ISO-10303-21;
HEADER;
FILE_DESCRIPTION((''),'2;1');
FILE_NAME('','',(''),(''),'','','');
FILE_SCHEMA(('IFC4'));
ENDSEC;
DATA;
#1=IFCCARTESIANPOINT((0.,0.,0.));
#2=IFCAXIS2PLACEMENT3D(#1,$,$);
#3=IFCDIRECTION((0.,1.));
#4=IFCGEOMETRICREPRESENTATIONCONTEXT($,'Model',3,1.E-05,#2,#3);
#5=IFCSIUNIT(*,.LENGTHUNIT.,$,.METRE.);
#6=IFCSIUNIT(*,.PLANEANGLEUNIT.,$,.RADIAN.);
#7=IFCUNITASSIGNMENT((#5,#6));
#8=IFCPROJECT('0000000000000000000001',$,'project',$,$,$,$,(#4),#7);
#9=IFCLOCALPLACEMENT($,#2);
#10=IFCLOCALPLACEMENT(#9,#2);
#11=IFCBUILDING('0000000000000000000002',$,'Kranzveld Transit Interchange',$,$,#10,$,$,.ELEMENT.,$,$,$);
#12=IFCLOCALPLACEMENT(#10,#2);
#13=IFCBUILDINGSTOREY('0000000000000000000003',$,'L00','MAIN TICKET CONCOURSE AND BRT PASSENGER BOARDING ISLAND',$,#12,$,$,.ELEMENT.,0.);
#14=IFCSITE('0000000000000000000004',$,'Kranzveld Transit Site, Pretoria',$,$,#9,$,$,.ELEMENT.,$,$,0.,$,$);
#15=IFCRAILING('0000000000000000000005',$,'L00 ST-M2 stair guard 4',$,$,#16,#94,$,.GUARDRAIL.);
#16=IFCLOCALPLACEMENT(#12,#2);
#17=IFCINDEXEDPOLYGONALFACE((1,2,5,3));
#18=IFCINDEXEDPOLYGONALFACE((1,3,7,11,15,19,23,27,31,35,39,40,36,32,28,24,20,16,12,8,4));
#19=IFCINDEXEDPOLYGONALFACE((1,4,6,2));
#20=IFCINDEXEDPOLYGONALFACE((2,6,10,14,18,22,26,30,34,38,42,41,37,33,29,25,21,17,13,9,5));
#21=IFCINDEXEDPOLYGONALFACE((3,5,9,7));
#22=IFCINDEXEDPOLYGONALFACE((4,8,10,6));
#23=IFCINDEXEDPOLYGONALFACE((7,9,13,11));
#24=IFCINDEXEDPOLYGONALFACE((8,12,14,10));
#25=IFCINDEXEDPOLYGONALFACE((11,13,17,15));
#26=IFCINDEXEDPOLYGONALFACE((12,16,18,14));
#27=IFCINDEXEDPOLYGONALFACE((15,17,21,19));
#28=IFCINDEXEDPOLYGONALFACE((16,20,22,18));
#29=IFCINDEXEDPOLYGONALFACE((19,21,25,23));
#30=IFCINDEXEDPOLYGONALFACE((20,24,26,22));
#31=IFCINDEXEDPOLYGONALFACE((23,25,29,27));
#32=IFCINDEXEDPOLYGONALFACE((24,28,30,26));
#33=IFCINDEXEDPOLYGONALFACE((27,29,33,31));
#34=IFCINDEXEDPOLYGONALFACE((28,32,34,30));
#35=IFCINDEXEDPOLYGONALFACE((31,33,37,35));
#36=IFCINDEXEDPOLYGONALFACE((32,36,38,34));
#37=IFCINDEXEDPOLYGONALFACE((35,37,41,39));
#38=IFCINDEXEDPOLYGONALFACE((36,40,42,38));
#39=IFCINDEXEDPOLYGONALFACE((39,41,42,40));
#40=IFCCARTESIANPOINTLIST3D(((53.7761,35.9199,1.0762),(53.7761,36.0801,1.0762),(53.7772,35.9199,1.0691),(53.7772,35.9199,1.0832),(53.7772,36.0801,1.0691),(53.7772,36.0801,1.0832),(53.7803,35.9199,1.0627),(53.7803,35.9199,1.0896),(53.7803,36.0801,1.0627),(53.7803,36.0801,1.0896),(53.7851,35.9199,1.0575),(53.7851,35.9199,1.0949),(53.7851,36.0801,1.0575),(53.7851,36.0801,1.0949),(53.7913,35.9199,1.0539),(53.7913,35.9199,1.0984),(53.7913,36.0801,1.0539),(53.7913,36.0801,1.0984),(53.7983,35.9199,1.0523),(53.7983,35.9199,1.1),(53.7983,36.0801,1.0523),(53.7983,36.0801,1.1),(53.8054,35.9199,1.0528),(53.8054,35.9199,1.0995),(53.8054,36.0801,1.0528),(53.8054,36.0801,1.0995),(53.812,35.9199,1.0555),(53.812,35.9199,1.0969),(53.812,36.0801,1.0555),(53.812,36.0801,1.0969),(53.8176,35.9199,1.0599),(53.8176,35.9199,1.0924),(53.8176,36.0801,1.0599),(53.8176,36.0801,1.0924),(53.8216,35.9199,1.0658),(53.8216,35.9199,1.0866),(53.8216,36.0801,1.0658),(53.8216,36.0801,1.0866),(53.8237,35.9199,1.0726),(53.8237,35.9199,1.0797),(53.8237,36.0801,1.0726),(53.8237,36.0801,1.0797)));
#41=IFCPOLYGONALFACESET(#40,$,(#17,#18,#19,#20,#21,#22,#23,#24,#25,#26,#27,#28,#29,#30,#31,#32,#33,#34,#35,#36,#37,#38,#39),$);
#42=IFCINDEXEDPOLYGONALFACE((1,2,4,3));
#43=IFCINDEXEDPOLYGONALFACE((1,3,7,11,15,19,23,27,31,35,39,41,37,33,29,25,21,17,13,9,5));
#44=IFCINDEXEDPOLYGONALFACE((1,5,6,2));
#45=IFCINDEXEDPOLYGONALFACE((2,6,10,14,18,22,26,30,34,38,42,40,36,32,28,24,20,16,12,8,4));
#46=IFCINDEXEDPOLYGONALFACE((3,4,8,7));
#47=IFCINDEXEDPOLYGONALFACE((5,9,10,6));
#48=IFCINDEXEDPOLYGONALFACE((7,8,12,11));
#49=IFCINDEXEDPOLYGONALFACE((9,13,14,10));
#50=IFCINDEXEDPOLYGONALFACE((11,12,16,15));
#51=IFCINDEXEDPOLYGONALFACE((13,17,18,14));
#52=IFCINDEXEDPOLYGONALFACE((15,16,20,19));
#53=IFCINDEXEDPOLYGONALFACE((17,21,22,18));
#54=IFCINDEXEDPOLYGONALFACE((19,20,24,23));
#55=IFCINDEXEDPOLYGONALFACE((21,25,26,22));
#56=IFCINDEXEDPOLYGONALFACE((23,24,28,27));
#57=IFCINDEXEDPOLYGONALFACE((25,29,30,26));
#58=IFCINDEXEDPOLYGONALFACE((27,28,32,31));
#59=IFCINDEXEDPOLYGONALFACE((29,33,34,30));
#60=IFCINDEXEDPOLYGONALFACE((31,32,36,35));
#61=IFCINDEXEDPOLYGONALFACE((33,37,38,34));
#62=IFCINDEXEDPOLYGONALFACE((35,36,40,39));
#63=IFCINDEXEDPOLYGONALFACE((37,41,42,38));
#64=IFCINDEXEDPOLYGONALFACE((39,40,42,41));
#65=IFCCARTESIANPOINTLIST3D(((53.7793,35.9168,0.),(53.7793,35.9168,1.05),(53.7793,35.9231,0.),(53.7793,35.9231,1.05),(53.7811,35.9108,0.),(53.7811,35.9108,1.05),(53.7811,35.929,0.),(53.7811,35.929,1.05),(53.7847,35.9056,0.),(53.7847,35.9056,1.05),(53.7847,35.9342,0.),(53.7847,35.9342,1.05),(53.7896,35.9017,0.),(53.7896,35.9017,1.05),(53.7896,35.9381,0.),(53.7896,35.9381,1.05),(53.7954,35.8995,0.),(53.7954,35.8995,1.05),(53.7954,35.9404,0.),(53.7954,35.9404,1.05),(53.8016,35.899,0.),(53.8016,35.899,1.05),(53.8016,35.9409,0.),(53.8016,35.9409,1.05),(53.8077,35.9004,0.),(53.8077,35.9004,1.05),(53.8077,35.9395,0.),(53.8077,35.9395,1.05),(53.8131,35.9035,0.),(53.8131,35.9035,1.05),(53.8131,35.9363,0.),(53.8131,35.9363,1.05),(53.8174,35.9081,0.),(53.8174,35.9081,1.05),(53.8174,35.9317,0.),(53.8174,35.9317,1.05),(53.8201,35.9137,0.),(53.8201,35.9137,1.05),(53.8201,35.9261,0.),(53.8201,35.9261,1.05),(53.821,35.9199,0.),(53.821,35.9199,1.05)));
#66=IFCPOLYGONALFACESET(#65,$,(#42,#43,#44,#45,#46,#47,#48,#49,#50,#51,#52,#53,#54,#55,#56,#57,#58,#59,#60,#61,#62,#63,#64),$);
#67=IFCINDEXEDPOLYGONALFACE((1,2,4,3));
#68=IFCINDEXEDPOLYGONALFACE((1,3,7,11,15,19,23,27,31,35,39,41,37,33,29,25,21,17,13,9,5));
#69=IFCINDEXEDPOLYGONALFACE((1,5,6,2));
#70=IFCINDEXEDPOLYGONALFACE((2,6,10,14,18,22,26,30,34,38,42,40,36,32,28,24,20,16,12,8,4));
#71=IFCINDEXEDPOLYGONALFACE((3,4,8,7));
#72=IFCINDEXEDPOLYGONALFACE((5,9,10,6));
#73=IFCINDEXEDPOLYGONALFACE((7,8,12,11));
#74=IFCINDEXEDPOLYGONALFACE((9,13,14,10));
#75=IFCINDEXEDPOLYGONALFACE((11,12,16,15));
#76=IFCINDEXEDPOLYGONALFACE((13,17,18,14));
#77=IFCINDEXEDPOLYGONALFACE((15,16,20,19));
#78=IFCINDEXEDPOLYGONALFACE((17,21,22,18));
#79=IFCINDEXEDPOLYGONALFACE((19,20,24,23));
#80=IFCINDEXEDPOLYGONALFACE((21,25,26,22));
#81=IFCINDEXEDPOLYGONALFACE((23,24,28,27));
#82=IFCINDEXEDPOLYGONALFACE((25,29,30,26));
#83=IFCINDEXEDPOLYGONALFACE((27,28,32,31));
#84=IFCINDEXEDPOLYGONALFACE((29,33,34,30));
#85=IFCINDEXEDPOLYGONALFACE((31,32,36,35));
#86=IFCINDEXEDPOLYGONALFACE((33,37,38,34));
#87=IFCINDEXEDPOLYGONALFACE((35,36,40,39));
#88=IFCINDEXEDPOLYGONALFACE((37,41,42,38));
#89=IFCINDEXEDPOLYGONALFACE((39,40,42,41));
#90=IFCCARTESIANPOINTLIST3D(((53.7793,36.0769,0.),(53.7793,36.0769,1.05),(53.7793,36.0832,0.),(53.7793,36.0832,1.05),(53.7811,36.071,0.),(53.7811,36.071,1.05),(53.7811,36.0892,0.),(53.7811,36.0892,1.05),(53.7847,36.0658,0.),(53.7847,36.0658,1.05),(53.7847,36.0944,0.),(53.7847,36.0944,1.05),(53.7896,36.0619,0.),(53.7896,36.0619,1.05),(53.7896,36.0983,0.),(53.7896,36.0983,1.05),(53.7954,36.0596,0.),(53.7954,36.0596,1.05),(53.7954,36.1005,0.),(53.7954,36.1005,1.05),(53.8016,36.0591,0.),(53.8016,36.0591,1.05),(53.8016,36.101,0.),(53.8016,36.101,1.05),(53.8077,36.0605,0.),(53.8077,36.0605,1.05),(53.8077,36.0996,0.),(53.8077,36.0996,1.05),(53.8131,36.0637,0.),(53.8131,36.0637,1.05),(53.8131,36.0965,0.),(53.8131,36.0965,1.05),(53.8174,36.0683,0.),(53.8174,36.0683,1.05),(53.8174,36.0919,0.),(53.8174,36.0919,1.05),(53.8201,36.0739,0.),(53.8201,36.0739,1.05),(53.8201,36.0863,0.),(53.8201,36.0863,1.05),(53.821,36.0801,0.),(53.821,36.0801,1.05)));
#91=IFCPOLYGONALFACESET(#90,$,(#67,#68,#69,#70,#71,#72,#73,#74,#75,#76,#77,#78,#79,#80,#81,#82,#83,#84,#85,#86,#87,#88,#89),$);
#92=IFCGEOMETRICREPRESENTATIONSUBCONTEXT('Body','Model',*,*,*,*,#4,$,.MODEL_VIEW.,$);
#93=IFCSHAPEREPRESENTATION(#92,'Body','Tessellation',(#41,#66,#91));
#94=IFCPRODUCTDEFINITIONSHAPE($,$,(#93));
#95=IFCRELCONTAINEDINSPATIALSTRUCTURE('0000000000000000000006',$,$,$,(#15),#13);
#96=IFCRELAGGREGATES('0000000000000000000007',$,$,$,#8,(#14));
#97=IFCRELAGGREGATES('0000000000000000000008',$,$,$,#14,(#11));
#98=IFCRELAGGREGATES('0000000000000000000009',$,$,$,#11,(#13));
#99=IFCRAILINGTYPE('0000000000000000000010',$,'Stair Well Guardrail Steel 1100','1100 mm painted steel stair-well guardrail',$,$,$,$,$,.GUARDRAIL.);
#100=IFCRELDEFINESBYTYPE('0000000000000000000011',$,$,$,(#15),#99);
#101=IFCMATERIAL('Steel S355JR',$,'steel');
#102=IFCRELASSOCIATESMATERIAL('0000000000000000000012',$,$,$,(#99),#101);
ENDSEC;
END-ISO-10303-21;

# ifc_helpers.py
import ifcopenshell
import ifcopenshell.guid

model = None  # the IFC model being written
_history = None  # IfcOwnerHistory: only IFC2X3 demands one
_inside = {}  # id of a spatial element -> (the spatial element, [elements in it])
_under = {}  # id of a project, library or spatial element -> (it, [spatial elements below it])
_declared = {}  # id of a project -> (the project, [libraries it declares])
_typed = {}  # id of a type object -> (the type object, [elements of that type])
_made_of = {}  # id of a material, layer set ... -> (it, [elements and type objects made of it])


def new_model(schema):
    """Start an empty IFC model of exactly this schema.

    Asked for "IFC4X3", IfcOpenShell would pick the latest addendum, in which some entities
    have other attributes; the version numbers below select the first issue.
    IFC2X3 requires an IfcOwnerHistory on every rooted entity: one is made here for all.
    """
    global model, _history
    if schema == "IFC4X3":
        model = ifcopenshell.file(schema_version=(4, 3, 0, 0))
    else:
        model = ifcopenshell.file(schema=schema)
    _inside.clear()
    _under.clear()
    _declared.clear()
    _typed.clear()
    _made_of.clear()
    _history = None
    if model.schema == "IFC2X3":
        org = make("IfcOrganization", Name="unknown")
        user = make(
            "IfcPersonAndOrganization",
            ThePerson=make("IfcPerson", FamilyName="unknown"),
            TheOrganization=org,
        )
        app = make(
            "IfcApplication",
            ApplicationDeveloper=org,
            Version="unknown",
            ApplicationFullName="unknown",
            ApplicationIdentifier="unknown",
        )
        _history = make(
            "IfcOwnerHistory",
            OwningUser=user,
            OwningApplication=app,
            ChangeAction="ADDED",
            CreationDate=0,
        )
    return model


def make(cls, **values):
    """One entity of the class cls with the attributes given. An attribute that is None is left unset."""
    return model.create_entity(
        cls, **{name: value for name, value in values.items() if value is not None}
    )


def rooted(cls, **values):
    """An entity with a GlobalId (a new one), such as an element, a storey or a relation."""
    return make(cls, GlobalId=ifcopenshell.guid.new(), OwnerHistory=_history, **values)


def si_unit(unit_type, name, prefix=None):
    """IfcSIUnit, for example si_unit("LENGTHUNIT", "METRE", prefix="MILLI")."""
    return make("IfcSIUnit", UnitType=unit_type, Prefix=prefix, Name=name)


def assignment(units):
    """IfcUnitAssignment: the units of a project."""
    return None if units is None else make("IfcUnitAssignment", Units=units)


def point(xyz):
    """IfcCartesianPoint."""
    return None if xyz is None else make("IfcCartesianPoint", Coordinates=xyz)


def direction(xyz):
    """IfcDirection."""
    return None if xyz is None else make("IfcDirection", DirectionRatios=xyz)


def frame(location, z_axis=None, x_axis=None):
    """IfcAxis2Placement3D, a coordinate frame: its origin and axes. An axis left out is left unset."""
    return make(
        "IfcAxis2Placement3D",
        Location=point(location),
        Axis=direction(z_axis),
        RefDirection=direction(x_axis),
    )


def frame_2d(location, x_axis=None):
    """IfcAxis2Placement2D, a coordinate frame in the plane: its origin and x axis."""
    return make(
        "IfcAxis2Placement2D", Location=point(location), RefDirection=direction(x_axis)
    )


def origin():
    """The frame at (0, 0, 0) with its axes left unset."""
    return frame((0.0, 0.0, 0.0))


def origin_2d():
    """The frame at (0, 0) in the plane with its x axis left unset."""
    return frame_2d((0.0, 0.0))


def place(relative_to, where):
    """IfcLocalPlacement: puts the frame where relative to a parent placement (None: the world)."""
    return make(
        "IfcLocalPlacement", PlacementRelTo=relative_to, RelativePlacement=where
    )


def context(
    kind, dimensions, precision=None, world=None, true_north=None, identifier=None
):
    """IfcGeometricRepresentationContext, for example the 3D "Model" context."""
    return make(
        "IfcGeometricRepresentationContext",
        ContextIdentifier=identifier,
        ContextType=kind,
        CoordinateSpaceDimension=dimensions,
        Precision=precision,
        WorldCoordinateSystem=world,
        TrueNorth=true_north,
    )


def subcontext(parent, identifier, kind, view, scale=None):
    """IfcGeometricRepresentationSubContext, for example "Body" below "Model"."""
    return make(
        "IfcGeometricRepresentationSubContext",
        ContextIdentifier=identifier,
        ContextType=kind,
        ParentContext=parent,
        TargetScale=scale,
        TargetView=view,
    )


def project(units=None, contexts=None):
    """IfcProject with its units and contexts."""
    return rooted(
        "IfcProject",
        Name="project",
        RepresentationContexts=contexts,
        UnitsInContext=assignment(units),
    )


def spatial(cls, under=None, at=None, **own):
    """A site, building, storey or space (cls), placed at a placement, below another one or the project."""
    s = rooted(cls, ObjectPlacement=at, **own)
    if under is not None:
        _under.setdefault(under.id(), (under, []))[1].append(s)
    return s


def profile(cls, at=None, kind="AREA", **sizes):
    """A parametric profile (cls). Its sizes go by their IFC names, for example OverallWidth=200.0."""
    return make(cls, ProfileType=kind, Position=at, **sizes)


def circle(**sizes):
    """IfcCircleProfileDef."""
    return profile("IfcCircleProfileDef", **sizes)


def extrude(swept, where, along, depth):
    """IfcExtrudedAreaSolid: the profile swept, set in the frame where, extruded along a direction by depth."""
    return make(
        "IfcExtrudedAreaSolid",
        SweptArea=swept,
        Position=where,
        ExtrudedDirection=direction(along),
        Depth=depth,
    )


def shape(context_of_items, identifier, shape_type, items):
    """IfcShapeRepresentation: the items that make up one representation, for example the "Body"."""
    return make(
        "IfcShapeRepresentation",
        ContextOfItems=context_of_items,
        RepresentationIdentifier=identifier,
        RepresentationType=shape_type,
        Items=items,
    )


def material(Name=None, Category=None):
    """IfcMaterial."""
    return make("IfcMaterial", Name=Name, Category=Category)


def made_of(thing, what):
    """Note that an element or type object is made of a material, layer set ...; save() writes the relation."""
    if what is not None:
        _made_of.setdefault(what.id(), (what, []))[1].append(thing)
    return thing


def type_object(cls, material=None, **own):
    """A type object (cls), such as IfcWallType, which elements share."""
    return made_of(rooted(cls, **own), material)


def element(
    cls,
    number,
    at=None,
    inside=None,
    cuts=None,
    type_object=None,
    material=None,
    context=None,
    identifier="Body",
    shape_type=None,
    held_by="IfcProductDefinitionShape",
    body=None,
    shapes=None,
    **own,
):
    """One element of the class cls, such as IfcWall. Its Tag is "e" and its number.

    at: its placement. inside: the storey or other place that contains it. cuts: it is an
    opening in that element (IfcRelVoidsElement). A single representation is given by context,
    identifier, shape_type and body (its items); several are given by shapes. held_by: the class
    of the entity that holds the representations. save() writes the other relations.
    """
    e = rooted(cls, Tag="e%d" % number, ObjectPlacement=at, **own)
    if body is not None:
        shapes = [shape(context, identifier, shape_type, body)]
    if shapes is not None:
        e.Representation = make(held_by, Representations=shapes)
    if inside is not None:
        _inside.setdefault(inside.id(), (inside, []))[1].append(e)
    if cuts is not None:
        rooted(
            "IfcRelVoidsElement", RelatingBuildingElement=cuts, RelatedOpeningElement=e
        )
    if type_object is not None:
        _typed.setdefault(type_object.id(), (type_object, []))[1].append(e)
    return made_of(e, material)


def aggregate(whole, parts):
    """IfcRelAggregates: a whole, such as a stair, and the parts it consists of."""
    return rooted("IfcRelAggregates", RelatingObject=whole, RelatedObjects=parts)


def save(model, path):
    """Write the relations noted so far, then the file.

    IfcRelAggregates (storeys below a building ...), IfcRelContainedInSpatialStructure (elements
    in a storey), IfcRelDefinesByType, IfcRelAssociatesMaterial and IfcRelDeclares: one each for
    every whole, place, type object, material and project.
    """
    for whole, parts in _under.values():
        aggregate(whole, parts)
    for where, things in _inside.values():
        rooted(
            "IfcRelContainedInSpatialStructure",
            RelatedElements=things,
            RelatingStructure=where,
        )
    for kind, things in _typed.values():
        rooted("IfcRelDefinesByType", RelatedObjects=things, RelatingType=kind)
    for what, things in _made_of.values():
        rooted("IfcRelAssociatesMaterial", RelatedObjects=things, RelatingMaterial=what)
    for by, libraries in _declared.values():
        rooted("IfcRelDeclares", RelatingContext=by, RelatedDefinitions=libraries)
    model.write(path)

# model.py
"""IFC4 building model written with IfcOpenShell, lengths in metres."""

from ifc_helpers import new_model, si_unit, direction, frame, origin, origin_2d, place, context, subcontext, project, spatial, circle, extrude, material, type_object, element, save


model = new_model("IFC4")

# Units and contexts
model_context = context("Model", 3, precision=1e-05, world=origin(), true_north=direction((0.0, 1.0)))
body_context = subcontext(model_context, "Body", "Model", "MODEL_VIEW")
ifc_project = project(units=[si_unit("LENGTHUNIT", "METRE"), si_unit("PLANEANGLEUNIT", "RADIAN")], contexts=[model_context])

# Site, building, storey
site_placement = place(None, origin())
site = spatial("IfcSite", under=ifc_project, at=site_placement, Name="Kranzveld Transit Site, Pretoria", CompositionType="ELEMENT", RefElevation=0.0)
building_placement = place(site_placement, origin())
building = spatial("IfcBuilding", under=site, at=building_placement, Name="Kranzveld Transit Interchange", CompositionType="ELEMENT")
storey_placement = place(building_placement, origin())
storey = spatial("IfcBuildingStorey", under=building, at=storey_placement, Name="L00", Description="MAIN TICKET CONCOURSE AND BRT PASSENGER BOARDING ISLAND", CompositionType="ELEMENT", Elevation=0.0)

# Railing
ifc_material_1 = material(Name="Steel S355JR", Category="steel")
railing_type_1 = type_object("IfcRailingType", Name="Stair Well Guardrail Steel 1100", Description="1100 mm painted steel stair-well guardrail", PredefinedType="GUARDRAIL", material=ifc_material_1)
railing_1_placement = place(storey_placement, frame((53.8, 35.9199, 0.0)))
element("IfcRailing", 1, at=railing_1_placement, inside=storey, type_object=railing_type_1, Name="L00 ST-M2 stair guard 4", PredefinedType="GUARDRAIL", context=body_context, shape_type="SweptSolid", body=[
    extrude(circle(Radius=0.0239, at=origin_2d()), frame((0.0, 0.0, 1.0762), z_axis=(0.0, 1.0, 0.0), x_axis=(-1.0, 0.0, 0.0)), (0.0, 0.0, 1.0), 0.1602),
    extrude(circle(Radius=0.021, at=origin_2d()), origin(), (0.0, 0.0, 1.0), 1.05),
    extrude(circle(Radius=0.021, at=origin_2d()), frame((0.0, 0.1602, 0.0)), (0.0, 0.0, 1.0), 1.05),
])

save(model, "model.ifc")
